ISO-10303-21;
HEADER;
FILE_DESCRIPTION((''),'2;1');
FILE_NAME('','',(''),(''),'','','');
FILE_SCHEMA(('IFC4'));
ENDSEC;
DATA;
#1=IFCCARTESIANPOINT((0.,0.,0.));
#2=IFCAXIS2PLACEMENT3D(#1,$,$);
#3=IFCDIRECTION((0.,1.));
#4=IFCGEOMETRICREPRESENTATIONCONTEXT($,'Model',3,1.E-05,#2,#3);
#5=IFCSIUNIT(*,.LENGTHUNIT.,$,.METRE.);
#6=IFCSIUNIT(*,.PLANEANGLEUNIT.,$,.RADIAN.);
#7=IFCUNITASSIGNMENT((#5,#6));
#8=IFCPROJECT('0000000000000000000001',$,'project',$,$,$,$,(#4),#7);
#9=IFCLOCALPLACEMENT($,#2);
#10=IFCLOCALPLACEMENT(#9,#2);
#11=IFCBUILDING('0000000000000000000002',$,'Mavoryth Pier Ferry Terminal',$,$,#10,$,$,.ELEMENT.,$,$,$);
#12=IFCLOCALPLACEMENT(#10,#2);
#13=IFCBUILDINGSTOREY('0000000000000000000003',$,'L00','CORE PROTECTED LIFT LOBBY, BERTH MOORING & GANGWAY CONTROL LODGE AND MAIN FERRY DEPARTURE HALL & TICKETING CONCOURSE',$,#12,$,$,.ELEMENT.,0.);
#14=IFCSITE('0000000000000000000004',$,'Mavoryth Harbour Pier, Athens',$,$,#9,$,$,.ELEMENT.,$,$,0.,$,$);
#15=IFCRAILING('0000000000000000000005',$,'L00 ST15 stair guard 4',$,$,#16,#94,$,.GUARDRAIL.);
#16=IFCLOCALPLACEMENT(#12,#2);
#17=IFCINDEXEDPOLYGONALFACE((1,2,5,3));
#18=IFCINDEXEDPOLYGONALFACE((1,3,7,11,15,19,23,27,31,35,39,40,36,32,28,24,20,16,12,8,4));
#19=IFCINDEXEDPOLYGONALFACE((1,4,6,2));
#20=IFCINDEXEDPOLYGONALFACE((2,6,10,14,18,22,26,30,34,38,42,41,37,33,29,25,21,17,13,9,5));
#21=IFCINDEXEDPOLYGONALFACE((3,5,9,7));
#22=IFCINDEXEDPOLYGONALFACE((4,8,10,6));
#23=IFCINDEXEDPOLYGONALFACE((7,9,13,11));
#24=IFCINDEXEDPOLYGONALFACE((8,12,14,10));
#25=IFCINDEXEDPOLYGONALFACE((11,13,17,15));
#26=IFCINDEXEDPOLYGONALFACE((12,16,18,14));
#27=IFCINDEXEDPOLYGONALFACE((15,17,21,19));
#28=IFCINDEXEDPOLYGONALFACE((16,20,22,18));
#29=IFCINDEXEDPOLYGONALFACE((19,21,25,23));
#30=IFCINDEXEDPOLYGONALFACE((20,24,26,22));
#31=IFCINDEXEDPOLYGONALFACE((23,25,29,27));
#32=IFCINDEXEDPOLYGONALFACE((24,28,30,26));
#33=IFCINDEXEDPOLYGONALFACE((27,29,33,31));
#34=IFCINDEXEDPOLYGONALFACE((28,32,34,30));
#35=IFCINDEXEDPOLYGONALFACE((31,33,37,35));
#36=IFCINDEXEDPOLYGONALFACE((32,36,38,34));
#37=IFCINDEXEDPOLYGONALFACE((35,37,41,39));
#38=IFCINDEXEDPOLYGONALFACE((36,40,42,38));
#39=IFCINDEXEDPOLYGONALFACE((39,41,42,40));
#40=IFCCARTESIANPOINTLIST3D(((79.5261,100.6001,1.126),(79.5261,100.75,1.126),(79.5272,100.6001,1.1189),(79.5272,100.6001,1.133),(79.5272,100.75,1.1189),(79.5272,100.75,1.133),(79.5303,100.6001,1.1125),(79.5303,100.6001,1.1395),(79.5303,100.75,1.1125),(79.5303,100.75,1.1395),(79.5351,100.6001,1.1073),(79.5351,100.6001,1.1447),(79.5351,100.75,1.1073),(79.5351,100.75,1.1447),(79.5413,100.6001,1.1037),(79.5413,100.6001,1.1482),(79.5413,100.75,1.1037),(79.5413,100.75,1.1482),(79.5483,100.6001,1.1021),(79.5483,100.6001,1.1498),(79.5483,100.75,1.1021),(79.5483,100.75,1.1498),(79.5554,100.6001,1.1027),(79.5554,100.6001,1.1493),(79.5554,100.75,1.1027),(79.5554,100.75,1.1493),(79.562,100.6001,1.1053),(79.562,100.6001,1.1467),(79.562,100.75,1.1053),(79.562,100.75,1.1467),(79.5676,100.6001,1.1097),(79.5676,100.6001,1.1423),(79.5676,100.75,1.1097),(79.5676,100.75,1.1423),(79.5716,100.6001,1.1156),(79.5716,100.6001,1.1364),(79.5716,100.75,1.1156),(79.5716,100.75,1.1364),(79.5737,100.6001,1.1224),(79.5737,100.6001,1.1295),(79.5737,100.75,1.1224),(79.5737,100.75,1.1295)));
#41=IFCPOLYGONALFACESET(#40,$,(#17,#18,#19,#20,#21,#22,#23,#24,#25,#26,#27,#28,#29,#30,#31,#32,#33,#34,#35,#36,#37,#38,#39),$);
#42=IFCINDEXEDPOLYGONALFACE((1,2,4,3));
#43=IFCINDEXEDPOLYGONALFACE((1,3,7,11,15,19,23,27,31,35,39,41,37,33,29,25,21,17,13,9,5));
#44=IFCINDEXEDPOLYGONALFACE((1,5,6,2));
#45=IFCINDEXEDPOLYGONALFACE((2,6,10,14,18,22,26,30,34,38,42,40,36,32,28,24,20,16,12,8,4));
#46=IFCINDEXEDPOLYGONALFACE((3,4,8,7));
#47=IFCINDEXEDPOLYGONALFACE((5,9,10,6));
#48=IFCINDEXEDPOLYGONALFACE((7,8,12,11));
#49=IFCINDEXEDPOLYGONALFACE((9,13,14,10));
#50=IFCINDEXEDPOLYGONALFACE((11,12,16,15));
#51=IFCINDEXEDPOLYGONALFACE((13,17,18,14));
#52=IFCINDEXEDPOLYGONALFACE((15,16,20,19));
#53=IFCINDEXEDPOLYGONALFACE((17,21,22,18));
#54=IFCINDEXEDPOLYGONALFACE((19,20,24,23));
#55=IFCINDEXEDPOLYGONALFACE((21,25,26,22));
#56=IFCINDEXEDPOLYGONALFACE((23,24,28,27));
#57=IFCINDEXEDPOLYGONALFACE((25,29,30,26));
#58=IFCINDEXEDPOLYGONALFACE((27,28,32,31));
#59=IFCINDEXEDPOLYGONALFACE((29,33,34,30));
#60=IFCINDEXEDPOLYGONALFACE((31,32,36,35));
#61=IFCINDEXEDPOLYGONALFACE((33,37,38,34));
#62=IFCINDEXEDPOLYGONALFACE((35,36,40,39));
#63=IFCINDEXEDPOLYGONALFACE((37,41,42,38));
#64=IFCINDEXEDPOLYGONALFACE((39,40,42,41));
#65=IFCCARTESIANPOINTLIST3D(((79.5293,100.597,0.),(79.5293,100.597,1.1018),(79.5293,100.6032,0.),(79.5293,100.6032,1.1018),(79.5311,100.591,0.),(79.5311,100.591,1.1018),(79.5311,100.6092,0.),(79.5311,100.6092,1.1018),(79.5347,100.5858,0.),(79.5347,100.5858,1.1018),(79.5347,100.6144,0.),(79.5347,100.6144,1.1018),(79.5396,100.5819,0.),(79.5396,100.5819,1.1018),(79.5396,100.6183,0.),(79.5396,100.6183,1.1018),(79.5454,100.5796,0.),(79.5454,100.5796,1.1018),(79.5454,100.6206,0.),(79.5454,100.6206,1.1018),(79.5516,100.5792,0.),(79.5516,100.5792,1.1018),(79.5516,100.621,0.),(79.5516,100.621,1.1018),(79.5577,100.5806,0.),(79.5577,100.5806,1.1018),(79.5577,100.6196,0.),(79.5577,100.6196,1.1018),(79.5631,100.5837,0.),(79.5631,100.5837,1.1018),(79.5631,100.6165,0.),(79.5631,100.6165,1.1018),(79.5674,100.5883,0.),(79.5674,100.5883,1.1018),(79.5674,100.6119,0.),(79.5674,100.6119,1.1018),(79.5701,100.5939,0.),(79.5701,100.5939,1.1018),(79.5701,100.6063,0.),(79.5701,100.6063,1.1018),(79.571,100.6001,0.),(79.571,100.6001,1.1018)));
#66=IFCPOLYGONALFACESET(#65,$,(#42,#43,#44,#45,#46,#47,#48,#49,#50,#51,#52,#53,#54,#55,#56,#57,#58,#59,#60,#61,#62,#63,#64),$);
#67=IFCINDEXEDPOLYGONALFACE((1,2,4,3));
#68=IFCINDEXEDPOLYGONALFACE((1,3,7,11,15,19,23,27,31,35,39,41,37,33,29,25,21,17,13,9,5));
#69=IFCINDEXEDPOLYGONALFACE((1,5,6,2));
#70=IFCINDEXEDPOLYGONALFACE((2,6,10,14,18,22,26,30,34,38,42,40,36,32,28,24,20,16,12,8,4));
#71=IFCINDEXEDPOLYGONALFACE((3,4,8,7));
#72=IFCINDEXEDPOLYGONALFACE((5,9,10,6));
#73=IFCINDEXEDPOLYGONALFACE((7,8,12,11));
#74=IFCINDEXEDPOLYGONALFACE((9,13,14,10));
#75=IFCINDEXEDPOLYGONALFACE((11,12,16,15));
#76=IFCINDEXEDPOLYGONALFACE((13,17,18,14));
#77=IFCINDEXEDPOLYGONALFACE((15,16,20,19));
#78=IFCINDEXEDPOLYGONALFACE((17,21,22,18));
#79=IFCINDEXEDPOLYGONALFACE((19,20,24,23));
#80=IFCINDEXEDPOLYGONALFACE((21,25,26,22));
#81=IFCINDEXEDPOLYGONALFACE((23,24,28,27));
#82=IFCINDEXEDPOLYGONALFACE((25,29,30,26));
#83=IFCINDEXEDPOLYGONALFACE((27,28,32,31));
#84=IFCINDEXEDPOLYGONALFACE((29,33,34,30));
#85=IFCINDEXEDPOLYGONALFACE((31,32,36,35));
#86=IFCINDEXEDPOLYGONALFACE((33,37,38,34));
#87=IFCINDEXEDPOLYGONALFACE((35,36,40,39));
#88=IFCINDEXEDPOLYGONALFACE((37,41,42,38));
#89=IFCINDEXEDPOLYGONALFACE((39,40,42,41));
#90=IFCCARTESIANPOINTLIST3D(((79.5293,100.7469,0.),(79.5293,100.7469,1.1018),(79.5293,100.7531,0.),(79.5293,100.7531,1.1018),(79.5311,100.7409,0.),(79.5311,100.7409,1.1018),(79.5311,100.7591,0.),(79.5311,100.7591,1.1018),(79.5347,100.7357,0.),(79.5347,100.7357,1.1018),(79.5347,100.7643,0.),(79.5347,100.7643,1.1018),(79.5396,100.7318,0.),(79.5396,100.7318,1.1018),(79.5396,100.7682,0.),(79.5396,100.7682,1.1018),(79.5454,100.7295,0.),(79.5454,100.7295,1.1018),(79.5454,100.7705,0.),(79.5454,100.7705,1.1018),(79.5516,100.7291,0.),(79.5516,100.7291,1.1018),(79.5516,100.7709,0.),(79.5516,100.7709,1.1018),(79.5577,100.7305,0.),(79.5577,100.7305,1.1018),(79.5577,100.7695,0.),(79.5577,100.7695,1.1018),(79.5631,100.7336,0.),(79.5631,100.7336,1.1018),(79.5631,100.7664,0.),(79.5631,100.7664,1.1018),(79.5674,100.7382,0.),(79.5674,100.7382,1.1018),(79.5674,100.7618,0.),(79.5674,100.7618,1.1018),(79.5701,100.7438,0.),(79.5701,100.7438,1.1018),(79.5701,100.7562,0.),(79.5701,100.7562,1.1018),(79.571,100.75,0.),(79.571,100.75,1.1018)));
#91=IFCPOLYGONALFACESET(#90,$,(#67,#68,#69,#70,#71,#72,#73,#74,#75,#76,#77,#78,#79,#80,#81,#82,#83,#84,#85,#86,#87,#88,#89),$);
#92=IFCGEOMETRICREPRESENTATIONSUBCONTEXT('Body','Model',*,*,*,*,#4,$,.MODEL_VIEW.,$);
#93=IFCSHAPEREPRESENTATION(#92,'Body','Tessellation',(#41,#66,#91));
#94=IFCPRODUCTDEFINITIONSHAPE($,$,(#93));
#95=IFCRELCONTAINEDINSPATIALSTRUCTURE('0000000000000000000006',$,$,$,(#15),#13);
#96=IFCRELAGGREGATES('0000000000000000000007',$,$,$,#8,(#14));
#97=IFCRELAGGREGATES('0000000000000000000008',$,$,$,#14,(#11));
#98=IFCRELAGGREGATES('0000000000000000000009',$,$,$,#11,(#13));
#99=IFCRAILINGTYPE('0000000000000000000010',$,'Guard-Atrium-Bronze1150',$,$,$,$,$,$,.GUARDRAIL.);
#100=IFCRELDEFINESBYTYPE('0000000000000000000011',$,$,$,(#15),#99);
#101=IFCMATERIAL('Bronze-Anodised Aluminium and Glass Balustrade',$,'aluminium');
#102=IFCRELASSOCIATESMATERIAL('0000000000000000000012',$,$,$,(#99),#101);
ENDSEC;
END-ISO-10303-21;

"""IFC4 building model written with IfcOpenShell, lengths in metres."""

from ifc_helpers import new_model, si_unit, direction, frame, origin, origin_2d, place, context, subcontext, project, spatial, circle, extrude, material, type_object, element, save


model = new_model("IFC4")

# Units and contexts
model_context = context("Model", 3, precision=1e-05, world=origin(), true_north=direction((0.0, 1.0)))
body_context = subcontext(model_context, "Body", "Model", "MODEL_VIEW")
ifc_project = project(units=[si_unit("LENGTHUNIT", "METRE"), si_unit("PLANEANGLEUNIT", "RADIAN")], contexts=[model_context])

# Site, building, storey
site_placement = place(None, origin())
site = spatial("IfcSite", under=ifc_project, at=site_placement, Name="Mavoryth Harbour Pier, Athens", CompositionType="ELEMENT", RefElevation=0.0)
building_placement = place(site_placement, origin())
building = spatial("IfcBuilding", under=site, at=building_placement, Name="Mavoryth Pier Ferry Terminal", CompositionType="ELEMENT")
storey_placement = place(building_placement, origin())
storey = spatial("IfcBuildingStorey", under=building, at=storey_placement, Name="L00", Description="CORE PROTECTED LIFT LOBBY, BERTH MOORING & GANGWAY CONTROL LODGE AND MAIN FERRY DEPARTURE HALL & TICKETING CONCOURSE", CompositionType="ELEMENT", Elevation=0.0)

# Railing
ifc_material_1 = material(Name="Bronze-Anodised Aluminium and Glass Balustrade", Category="aluminium")
railing_type_1 = type_object("IfcRailingType", Name="Guard-Atrium-Bronze1150", PredefinedType="GUARDRAIL", material=ifc_material_1)
railing_1_placement = place(storey_placement, frame((79.55, 100.6001, 0.0)))
element("IfcRailing", 1, at=railing_1_placement, inside=storey, type_object=railing_type_1, Name="L00 ST15 stair guard 4", PredefinedType="GUARDRAIL", context=body_context, shape_type="SweptSolid", body=[
    extrude(circle(Radius=0.0239, at=origin_2d()), frame((0.0, 0.0, 1.126), z_axis=(0.0, 1.0, 0.0), x_axis=(-1.0, 0.0, 0.0)), (0.0, 0.0, 1.0), 0.1499),
    extrude(circle(Radius=0.021, at=origin_2d()), origin(), (0.0, 0.0, 1.0), 1.1018),
    extrude(circle(Radius=0.021, at=origin_2d()), frame((0.0, 0.1499, 0.0)), (0.0, 0.0, 1.0), 1.1018),
])

save(model, "model.ifc")
